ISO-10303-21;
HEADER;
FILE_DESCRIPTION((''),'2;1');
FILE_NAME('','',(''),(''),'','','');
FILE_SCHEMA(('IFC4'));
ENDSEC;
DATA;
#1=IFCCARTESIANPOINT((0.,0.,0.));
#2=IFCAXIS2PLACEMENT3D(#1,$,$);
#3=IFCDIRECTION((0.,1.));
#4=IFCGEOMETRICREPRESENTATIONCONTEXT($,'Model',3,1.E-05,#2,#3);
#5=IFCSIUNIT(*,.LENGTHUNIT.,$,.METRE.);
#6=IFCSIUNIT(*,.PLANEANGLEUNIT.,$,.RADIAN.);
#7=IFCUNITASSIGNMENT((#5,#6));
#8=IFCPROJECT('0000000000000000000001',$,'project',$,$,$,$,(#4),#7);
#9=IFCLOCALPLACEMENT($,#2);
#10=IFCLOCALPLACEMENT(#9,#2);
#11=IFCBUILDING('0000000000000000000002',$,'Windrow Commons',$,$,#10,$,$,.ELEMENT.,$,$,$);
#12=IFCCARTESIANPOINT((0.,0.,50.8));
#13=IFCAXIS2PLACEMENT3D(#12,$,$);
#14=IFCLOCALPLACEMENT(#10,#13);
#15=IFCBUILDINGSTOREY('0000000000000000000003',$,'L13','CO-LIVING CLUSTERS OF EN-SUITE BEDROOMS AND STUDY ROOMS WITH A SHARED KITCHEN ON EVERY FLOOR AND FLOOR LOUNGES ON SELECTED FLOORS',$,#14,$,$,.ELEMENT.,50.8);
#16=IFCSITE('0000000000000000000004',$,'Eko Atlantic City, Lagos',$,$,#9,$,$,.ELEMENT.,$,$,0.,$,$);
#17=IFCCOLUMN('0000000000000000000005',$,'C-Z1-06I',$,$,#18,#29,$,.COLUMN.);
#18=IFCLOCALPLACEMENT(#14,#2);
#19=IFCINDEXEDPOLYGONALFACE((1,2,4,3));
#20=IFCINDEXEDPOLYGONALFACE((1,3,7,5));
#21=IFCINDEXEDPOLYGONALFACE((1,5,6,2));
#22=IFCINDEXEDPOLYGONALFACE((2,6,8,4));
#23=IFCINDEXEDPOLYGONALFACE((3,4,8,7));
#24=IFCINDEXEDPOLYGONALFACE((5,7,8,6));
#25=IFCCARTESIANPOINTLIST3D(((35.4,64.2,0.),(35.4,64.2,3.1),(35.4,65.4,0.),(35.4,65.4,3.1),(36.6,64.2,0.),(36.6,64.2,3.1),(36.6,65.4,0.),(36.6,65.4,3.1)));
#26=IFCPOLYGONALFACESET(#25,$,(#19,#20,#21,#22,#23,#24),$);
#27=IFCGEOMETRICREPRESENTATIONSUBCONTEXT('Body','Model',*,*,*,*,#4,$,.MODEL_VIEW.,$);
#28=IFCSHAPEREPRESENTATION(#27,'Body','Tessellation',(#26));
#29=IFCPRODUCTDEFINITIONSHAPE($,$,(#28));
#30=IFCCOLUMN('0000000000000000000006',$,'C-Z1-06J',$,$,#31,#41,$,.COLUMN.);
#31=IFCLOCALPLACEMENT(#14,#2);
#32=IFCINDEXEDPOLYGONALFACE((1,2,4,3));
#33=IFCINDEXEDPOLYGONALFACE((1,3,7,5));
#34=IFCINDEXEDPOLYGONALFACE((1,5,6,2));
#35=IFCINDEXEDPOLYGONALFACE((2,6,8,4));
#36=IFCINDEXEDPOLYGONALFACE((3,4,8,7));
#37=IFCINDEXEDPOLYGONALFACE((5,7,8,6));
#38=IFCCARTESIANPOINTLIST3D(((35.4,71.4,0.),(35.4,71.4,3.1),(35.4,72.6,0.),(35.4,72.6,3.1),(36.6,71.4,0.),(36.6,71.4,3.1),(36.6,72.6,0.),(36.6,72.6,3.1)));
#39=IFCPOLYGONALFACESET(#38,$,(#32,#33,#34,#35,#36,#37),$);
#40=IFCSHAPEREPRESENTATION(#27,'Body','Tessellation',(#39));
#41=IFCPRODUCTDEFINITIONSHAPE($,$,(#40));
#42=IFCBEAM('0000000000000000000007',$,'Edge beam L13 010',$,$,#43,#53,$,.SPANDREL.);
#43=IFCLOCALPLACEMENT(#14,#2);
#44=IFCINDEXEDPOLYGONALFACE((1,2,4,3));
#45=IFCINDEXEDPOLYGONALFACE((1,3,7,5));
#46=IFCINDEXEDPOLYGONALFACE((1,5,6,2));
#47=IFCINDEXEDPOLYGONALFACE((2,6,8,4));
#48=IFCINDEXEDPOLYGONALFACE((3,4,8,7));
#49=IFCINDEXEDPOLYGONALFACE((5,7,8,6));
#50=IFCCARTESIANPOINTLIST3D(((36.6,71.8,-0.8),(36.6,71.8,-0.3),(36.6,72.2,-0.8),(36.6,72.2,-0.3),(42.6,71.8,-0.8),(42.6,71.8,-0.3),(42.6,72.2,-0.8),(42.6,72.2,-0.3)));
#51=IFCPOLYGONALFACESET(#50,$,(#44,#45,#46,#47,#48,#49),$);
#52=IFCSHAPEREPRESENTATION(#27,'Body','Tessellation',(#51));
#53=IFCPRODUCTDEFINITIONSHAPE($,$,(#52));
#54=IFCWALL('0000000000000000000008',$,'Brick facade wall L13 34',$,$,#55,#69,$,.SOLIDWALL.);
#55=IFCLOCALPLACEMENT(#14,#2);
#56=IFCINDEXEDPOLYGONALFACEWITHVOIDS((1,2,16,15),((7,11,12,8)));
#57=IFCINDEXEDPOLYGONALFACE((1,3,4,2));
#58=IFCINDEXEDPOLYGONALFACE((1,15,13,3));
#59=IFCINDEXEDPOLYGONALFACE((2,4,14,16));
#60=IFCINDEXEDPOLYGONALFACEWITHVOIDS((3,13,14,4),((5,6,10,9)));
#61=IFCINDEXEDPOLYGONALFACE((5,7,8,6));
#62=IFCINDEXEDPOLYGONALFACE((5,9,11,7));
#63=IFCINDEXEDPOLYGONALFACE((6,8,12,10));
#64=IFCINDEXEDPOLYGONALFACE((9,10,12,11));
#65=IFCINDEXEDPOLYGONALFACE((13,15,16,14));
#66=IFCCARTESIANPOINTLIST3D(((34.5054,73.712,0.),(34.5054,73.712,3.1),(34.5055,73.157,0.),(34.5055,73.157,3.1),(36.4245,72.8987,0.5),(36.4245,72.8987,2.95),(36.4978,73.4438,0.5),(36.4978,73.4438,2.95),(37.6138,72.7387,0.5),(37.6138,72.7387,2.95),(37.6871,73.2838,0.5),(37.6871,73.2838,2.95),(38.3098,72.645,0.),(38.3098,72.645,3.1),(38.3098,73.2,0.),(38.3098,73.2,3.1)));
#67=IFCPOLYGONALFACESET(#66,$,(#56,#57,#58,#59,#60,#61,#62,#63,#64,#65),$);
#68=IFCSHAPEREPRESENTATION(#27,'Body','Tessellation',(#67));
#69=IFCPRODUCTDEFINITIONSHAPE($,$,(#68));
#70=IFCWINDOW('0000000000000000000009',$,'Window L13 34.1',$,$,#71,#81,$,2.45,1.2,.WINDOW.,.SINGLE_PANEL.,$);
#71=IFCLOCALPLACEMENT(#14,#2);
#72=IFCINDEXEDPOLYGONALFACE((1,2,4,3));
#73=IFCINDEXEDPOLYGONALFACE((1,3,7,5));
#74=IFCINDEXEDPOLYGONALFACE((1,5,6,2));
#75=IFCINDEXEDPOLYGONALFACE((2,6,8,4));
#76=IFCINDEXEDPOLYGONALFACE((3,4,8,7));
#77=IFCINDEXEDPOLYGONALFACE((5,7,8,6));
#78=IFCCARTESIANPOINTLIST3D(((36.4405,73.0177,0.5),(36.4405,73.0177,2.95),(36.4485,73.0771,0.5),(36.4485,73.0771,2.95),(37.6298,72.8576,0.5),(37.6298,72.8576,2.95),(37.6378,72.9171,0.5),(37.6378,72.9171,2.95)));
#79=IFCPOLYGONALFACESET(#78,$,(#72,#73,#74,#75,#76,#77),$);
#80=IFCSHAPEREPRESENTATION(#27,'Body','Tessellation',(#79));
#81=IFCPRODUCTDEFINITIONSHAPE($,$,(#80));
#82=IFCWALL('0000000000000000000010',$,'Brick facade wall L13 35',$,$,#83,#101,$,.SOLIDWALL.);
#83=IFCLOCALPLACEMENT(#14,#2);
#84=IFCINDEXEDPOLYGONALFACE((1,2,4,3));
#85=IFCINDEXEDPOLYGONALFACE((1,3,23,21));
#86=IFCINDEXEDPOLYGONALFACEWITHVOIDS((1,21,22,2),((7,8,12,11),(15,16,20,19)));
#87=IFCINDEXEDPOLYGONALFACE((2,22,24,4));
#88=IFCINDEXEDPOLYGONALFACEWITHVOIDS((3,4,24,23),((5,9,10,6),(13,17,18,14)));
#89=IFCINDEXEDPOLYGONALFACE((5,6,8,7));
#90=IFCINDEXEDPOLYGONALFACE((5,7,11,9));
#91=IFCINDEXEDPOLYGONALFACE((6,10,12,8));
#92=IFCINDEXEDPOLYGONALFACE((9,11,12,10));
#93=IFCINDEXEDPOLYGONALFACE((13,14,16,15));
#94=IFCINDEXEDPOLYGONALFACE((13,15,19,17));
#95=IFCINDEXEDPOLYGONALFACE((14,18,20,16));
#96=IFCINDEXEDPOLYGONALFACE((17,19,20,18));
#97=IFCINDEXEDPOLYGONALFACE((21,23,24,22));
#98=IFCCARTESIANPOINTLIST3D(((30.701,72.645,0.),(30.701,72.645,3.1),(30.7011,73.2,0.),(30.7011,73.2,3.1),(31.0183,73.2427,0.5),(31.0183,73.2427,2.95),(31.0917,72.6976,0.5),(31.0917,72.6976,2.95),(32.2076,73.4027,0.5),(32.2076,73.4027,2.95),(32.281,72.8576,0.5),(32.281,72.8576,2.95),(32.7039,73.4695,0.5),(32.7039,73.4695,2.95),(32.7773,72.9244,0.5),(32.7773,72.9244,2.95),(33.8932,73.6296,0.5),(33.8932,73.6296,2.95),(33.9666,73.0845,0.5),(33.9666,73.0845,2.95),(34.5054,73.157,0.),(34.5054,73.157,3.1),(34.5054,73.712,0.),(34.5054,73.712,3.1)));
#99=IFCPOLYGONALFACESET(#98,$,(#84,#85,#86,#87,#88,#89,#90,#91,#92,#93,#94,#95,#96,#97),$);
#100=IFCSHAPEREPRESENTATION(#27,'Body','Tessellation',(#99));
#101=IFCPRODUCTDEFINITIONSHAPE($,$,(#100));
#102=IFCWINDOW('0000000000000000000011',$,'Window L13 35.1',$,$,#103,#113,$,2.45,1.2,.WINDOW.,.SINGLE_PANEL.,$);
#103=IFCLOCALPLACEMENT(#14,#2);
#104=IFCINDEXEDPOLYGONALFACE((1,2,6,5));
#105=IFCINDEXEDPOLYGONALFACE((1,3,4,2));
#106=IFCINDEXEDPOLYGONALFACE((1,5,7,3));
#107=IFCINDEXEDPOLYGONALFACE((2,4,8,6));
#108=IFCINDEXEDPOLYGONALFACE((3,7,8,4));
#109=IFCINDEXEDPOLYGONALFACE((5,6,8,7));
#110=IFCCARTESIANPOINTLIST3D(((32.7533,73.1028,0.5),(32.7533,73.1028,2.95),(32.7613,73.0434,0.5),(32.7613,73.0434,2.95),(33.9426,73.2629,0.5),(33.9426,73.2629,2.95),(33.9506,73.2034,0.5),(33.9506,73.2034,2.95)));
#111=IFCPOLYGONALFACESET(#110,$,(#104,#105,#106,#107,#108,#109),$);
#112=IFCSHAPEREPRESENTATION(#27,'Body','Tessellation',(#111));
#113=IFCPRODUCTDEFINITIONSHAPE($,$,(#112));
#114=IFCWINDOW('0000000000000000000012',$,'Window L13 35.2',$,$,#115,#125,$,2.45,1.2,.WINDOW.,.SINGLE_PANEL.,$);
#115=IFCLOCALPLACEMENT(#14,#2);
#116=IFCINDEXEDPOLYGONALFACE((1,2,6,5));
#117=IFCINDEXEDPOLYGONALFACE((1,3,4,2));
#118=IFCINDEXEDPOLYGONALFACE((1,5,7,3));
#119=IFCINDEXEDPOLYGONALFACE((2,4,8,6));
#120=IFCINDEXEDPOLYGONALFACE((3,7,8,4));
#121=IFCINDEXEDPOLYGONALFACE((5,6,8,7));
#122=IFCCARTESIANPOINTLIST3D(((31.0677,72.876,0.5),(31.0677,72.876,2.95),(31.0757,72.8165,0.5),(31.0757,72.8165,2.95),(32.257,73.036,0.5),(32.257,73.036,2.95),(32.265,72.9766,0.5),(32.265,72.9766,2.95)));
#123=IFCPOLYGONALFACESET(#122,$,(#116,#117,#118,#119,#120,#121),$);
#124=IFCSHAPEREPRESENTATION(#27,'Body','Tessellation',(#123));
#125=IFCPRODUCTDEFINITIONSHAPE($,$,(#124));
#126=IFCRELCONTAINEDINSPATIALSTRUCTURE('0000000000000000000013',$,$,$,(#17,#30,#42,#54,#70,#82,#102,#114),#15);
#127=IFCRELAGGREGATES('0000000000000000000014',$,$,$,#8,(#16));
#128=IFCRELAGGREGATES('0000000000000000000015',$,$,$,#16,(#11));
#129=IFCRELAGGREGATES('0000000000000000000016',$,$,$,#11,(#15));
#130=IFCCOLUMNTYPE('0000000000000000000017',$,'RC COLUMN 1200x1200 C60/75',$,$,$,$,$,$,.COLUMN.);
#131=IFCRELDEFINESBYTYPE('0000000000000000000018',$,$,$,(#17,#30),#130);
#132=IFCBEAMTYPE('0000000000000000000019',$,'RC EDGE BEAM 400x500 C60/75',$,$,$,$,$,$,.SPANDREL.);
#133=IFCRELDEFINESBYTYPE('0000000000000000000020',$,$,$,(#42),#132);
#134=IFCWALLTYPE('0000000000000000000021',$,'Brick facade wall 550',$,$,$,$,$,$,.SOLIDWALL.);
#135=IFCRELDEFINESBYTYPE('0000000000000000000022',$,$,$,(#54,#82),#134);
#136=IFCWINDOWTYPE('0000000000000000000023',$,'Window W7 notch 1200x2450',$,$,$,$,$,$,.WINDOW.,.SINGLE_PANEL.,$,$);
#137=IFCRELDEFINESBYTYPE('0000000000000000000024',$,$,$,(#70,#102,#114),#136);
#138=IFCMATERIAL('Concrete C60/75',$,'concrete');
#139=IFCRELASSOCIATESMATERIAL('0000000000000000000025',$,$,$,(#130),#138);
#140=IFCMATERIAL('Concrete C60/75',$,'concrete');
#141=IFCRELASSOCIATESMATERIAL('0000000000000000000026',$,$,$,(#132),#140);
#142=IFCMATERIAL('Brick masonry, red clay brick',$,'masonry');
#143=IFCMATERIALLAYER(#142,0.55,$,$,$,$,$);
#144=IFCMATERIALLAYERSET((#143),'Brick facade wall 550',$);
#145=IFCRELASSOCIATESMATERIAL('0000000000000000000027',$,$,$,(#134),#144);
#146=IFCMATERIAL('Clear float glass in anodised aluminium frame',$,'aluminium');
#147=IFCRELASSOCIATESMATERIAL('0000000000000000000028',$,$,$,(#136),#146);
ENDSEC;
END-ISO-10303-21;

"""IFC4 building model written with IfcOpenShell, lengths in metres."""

from ifc_helpers import new_model, si_unit, direction, frame, frame_2d, origin, origin_2d, place, context, subcontext, project, spatial, polyline, rectangle, outline, extrude, material, layer, layer_set, material_profile, profile_set, type_object, element, fill, save


model = new_model("IFC4")

# Units and contexts
model_context = context("Model", 3, precision=1e-05, world=origin(), true_north=direction((0.0, 1.0)))
body_context = subcontext(model_context, "Body", "Model", "MODEL_VIEW")
ifc_project = project(units=[si_unit("LENGTHUNIT", "METRE"), si_unit("PLANEANGLEUNIT", "RADIAN")], contexts=[model_context])

# Site, building, storey
site_placement = place(None, origin())
site = spatial("IfcSite", under=ifc_project, at=site_placement, Name="Eko Atlantic City, Lagos", CompositionType="ELEMENT", RefElevation=0.0)
building_placement = place(site_placement, origin())
building = spatial("IfcBuilding", under=site, at=building_placement, Name="Windrow Commons", CompositionType="ELEMENT")
storey_placement = place(building_placement, frame((0.0, 0.0, 50.8)))
storey = spatial("IfcBuildingStorey", under=building, at=storey_placement, Name="L13", Description="CO-LIVING CLUSTERS OF EN-SUITE BEDROOMS AND STUDY ROOMS WITH A SHARED KITCHEN ON EVERY FLOOR AND FLOOR LOUNGES ON SELECTED FLOORS", CompositionType="ELEMENT", Elevation=50.8)

# Columns
ifc_material_1 = material(Name="Concrete C60/75", Category="concrete")
ifc_material_profile_1 = material_profile(ifc_material_1, rectangle(XDim=1.2, YDim=1.2, at=origin_2d()))
ifc_profile_set_1 = profile_set([ifc_material_profile_1], Name="Concrete C60/75")
column_type = type_object("IfcColumnType", Name="RC COLUMN 1200x1200 C60/75", PredefinedType="COLUMN", material=ifc_profile_set_1)
for number, where, z_axis, x_axis, name in (
    (1, (36.0, 64.8, 0.0), (0.0, 0.0, 1.0), (1.0, 0.0, 0.0), "C-Z1-06I"),
    (2, (36.0, 72.0, 0.0), (0.0, 0.0, 1.0), (1.0, 0.0, 0.0), "C-Z1-06J"),
):
    element("IfcColumn", number, at=place(storey_placement, frame(where, z_axis=z_axis, x_axis=x_axis)), inside=storey, type_object=column_type, Name=name, PredefinedType="COLUMN", context=body_context, shape_type="SweptSolid", body=[
        extrude(rectangle(XDim=1.2, YDim=1.2, at=origin_2d()), origin(), (0.0, 0.0, 1.0), 3.1),
    ])

# Beam
ifc_material_2 = material(Name="Concrete C60/75", Category="concrete")
ifc_material_profile_2 = material_profile(ifc_material_2, rectangle(XDim=0.4, YDim=0.5, at=origin_2d()))
ifc_profile_set_2 = profile_set([ifc_material_profile_2], Name="Concrete C60/75")
beam_type = type_object("IfcBeamType", Name="RC EDGE BEAM 400x500 C60/75", PredefinedType="SPANDREL", material=ifc_profile_set_2)
beam_placement = place(storey_placement, frame((36.6, 72.0, -0.55), z_axis=(1.0, 0.0, 0.0), x_axis=(0.0, 1.0, 0.0)))
element("IfcBeam", 3, at=beam_placement, inside=storey, type_object=beam_type, Name="Edge beam L13 010", PredefinedType="SPANDREL", context=body_context, shape_type="SweptSolid", body=[
    extrude(rectangle(XDim=0.4, YDim=0.5, at=origin_2d()), origin(), (0.0, 0.0, 1.0), 6.0),
])

# Wall, opening, window
ifc_material_3 = material(Name="Brick masonry, red clay brick", Category="masonry")
ifc_layer_1 = layer(ifc_material_3, 0.55)
ifc_layer_set_1 = layer_set([ifc_layer_1], Name="Brick facade wall 550")
wall_type_1 = type_object("IfcWallType", Name="Brick facade wall 550", PredefinedType="SOLIDWALL", material=ifc_layer_set_1)
wall_1_placement = place(storey_placement, frame((38.3098, 72.9225, 0.0), z_axis=(0.0, 0.0, 1.0), x_axis=(-0.991065, 0.133379, 0.0)))
wall_1 = element("IfcWall", 4, at=wall_1_placement, inside=storey, type_object=wall_type_1, Name="Brick facade wall L13 34", PredefinedType="SOLIDWALL", context=body_context, shape_type="SweptSolid", body=[
    extrude(outline(polyline([(0.037, -0.275), (3.8757, -0.275), (3.8016, 0.275), (-0.037, 0.275), (0.037, -0.275)])), origin(), (0.0, 0.0, 1.0), 3.1),
])
opening_1_placement = place(wall_1_placement, frame((0.6653, 0.0, 0.5)))
opening_1 = element("IfcOpeningElement", 5, at=opening_1_placement, cuts=wall_1, PredefinedType="OPENING", context=body_context, shape_type="SweptSolid", body=[
    extrude(rectangle(XDim=1.2, YDim=2.45, at=frame_2d((0.6, 1.225))), frame((0.0, 0.285, 0.0), z_axis=(0.0, -1.0, 0.0), x_axis=(1.0, 0.0, 0.0)), (0.0, 0.0, 1.0), 0.57),
])
ifc_material_4 = material(Name="Clear float glass in anodised aluminium frame", Category="aluminium")
window_type = type_object("IfcWindowType", Name="Window W7 notch 1200x2450", PartitioningType="SINGLE_PANEL", PredefinedType="WINDOW", material=ifc_material_4)
window_1_placement = place(opening_1_placement, origin())
window_1 = element("IfcWindow", 6, at=window_1_placement, inside=storey, type_object=window_type, Name="Window L13 34.1", OverallHeight=2.45, OverallWidth=1.2, PartitioningType="SINGLE_PANEL", PredefinedType="WINDOW", context=body_context, shape_type="SweptSolid", body=[
    extrude(rectangle(XDim=1.2, YDim=2.45, at=frame_2d((0.6, 1.225))), frame((0.0, 0.155, 0.0), z_axis=(0.0, -1.0, 0.0), x_axis=(1.0, 0.0, 0.0)), (0.0, 0.0, 1.0), 0.06),
])
fill(opening_1, window_1)

# Wall, openings, windows
wall_2_placement = place(storey_placement, frame((34.5054, 73.4345, 0.0), z_axis=(0.0, 0.0, 1.0), x_axis=(-0.991065, -0.133382, 0.0)))
wall_2 = element("IfcWall", 7, at=wall_2_placement, inside=storey, type_object=wall_type_1, Name="Brick facade wall L13 35", PredefinedType="SOLIDWALL", context=body_context, shape_type="SweptSolid", body=[
    extrude(outline(polyline([(-0.037, -0.275), (3.8016, -0.275), (3.8757, 0.275), (0.037, 0.275), (-0.037, -0.275)])), origin(), (0.0, 0.0, 1.0), 3.1),
])
opening_2_placement = place(wall_2_placement, frame((0.5807, 0.0, 0.5)))
opening_2 = element("IfcOpeningElement", 8, at=opening_2_placement, cuts=wall_2, PredefinedType="OPENING", context=body_context, shape_type="SweptSolid", body=[
    extrude(rectangle(XDim=1.2, YDim=2.45, at=frame_2d((0.6, 1.225))), frame((0.0, 0.285, 0.0), z_axis=(0.0, -1.0, 0.0), x_axis=(1.0, 0.0, 0.0)), (0.0, 0.0, 1.0), 0.57),
])
opening_3_placement = place(wall_2_placement, frame((2.2815, 0.0, 0.5)))
opening_3 = element("IfcOpeningElement", 9, at=opening_3_placement, cuts=wall_2, PredefinedType="OPENING", context=body_context, shape_type="SweptSolid", body=[
    extrude(rectangle(XDim=1.2, YDim=2.45, at=frame_2d((0.6, 1.225))), frame((0.0, 0.285, 0.0), z_axis=(0.0, -1.0, 0.0), x_axis=(1.0, 0.0, 0.0)), (0.0, 0.0, 1.0), 0.57),
])
window_2_placement = place(opening_2_placement, origin())
window_2 = element("IfcWindow", 10, at=window_2_placement, inside=storey, type_object=window_type, Name="Window L13 35.1", OverallHeight=2.45, OverallWidth=1.2, PartitioningType="SINGLE_PANEL", PredefinedType="WINDOW", context=body_context, shape_type="SweptSolid", body=[
    extrude(rectangle(XDim=1.2, YDim=2.45, at=frame_2d((0.6, 1.225))), frame((0.0, 0.155, 0.0), z_axis=(0.0, -1.0, 0.0), x_axis=(1.0, 0.0, 0.0)), (0.0, 0.0, 1.0), 0.06),
])
fill(opening_2, window_2)
window_3_placement = place(opening_3_placement, origin())
window_3 = element("IfcWindow", 11, at=window_3_placement, inside=storey, type_object=window_type, Name="Window L13 35.2", OverallHeight=2.45, OverallWidth=1.2, PartitioningType="SINGLE_PANEL", PredefinedType="WINDOW", context=body_context, shape_type="SweptSolid", body=[
    extrude(rectangle(XDim=1.2, YDim=2.45, at=frame_2d((0.6, 1.225))), frame((0.0, 0.155, 0.0), z_axis=(0.0, -1.0, 0.0), x_axis=(1.0, 0.0, 0.0)), (0.0, 0.0, 1.0), 0.06),
])
fill(opening_3, window_3)

save(model, "model.ifc")
